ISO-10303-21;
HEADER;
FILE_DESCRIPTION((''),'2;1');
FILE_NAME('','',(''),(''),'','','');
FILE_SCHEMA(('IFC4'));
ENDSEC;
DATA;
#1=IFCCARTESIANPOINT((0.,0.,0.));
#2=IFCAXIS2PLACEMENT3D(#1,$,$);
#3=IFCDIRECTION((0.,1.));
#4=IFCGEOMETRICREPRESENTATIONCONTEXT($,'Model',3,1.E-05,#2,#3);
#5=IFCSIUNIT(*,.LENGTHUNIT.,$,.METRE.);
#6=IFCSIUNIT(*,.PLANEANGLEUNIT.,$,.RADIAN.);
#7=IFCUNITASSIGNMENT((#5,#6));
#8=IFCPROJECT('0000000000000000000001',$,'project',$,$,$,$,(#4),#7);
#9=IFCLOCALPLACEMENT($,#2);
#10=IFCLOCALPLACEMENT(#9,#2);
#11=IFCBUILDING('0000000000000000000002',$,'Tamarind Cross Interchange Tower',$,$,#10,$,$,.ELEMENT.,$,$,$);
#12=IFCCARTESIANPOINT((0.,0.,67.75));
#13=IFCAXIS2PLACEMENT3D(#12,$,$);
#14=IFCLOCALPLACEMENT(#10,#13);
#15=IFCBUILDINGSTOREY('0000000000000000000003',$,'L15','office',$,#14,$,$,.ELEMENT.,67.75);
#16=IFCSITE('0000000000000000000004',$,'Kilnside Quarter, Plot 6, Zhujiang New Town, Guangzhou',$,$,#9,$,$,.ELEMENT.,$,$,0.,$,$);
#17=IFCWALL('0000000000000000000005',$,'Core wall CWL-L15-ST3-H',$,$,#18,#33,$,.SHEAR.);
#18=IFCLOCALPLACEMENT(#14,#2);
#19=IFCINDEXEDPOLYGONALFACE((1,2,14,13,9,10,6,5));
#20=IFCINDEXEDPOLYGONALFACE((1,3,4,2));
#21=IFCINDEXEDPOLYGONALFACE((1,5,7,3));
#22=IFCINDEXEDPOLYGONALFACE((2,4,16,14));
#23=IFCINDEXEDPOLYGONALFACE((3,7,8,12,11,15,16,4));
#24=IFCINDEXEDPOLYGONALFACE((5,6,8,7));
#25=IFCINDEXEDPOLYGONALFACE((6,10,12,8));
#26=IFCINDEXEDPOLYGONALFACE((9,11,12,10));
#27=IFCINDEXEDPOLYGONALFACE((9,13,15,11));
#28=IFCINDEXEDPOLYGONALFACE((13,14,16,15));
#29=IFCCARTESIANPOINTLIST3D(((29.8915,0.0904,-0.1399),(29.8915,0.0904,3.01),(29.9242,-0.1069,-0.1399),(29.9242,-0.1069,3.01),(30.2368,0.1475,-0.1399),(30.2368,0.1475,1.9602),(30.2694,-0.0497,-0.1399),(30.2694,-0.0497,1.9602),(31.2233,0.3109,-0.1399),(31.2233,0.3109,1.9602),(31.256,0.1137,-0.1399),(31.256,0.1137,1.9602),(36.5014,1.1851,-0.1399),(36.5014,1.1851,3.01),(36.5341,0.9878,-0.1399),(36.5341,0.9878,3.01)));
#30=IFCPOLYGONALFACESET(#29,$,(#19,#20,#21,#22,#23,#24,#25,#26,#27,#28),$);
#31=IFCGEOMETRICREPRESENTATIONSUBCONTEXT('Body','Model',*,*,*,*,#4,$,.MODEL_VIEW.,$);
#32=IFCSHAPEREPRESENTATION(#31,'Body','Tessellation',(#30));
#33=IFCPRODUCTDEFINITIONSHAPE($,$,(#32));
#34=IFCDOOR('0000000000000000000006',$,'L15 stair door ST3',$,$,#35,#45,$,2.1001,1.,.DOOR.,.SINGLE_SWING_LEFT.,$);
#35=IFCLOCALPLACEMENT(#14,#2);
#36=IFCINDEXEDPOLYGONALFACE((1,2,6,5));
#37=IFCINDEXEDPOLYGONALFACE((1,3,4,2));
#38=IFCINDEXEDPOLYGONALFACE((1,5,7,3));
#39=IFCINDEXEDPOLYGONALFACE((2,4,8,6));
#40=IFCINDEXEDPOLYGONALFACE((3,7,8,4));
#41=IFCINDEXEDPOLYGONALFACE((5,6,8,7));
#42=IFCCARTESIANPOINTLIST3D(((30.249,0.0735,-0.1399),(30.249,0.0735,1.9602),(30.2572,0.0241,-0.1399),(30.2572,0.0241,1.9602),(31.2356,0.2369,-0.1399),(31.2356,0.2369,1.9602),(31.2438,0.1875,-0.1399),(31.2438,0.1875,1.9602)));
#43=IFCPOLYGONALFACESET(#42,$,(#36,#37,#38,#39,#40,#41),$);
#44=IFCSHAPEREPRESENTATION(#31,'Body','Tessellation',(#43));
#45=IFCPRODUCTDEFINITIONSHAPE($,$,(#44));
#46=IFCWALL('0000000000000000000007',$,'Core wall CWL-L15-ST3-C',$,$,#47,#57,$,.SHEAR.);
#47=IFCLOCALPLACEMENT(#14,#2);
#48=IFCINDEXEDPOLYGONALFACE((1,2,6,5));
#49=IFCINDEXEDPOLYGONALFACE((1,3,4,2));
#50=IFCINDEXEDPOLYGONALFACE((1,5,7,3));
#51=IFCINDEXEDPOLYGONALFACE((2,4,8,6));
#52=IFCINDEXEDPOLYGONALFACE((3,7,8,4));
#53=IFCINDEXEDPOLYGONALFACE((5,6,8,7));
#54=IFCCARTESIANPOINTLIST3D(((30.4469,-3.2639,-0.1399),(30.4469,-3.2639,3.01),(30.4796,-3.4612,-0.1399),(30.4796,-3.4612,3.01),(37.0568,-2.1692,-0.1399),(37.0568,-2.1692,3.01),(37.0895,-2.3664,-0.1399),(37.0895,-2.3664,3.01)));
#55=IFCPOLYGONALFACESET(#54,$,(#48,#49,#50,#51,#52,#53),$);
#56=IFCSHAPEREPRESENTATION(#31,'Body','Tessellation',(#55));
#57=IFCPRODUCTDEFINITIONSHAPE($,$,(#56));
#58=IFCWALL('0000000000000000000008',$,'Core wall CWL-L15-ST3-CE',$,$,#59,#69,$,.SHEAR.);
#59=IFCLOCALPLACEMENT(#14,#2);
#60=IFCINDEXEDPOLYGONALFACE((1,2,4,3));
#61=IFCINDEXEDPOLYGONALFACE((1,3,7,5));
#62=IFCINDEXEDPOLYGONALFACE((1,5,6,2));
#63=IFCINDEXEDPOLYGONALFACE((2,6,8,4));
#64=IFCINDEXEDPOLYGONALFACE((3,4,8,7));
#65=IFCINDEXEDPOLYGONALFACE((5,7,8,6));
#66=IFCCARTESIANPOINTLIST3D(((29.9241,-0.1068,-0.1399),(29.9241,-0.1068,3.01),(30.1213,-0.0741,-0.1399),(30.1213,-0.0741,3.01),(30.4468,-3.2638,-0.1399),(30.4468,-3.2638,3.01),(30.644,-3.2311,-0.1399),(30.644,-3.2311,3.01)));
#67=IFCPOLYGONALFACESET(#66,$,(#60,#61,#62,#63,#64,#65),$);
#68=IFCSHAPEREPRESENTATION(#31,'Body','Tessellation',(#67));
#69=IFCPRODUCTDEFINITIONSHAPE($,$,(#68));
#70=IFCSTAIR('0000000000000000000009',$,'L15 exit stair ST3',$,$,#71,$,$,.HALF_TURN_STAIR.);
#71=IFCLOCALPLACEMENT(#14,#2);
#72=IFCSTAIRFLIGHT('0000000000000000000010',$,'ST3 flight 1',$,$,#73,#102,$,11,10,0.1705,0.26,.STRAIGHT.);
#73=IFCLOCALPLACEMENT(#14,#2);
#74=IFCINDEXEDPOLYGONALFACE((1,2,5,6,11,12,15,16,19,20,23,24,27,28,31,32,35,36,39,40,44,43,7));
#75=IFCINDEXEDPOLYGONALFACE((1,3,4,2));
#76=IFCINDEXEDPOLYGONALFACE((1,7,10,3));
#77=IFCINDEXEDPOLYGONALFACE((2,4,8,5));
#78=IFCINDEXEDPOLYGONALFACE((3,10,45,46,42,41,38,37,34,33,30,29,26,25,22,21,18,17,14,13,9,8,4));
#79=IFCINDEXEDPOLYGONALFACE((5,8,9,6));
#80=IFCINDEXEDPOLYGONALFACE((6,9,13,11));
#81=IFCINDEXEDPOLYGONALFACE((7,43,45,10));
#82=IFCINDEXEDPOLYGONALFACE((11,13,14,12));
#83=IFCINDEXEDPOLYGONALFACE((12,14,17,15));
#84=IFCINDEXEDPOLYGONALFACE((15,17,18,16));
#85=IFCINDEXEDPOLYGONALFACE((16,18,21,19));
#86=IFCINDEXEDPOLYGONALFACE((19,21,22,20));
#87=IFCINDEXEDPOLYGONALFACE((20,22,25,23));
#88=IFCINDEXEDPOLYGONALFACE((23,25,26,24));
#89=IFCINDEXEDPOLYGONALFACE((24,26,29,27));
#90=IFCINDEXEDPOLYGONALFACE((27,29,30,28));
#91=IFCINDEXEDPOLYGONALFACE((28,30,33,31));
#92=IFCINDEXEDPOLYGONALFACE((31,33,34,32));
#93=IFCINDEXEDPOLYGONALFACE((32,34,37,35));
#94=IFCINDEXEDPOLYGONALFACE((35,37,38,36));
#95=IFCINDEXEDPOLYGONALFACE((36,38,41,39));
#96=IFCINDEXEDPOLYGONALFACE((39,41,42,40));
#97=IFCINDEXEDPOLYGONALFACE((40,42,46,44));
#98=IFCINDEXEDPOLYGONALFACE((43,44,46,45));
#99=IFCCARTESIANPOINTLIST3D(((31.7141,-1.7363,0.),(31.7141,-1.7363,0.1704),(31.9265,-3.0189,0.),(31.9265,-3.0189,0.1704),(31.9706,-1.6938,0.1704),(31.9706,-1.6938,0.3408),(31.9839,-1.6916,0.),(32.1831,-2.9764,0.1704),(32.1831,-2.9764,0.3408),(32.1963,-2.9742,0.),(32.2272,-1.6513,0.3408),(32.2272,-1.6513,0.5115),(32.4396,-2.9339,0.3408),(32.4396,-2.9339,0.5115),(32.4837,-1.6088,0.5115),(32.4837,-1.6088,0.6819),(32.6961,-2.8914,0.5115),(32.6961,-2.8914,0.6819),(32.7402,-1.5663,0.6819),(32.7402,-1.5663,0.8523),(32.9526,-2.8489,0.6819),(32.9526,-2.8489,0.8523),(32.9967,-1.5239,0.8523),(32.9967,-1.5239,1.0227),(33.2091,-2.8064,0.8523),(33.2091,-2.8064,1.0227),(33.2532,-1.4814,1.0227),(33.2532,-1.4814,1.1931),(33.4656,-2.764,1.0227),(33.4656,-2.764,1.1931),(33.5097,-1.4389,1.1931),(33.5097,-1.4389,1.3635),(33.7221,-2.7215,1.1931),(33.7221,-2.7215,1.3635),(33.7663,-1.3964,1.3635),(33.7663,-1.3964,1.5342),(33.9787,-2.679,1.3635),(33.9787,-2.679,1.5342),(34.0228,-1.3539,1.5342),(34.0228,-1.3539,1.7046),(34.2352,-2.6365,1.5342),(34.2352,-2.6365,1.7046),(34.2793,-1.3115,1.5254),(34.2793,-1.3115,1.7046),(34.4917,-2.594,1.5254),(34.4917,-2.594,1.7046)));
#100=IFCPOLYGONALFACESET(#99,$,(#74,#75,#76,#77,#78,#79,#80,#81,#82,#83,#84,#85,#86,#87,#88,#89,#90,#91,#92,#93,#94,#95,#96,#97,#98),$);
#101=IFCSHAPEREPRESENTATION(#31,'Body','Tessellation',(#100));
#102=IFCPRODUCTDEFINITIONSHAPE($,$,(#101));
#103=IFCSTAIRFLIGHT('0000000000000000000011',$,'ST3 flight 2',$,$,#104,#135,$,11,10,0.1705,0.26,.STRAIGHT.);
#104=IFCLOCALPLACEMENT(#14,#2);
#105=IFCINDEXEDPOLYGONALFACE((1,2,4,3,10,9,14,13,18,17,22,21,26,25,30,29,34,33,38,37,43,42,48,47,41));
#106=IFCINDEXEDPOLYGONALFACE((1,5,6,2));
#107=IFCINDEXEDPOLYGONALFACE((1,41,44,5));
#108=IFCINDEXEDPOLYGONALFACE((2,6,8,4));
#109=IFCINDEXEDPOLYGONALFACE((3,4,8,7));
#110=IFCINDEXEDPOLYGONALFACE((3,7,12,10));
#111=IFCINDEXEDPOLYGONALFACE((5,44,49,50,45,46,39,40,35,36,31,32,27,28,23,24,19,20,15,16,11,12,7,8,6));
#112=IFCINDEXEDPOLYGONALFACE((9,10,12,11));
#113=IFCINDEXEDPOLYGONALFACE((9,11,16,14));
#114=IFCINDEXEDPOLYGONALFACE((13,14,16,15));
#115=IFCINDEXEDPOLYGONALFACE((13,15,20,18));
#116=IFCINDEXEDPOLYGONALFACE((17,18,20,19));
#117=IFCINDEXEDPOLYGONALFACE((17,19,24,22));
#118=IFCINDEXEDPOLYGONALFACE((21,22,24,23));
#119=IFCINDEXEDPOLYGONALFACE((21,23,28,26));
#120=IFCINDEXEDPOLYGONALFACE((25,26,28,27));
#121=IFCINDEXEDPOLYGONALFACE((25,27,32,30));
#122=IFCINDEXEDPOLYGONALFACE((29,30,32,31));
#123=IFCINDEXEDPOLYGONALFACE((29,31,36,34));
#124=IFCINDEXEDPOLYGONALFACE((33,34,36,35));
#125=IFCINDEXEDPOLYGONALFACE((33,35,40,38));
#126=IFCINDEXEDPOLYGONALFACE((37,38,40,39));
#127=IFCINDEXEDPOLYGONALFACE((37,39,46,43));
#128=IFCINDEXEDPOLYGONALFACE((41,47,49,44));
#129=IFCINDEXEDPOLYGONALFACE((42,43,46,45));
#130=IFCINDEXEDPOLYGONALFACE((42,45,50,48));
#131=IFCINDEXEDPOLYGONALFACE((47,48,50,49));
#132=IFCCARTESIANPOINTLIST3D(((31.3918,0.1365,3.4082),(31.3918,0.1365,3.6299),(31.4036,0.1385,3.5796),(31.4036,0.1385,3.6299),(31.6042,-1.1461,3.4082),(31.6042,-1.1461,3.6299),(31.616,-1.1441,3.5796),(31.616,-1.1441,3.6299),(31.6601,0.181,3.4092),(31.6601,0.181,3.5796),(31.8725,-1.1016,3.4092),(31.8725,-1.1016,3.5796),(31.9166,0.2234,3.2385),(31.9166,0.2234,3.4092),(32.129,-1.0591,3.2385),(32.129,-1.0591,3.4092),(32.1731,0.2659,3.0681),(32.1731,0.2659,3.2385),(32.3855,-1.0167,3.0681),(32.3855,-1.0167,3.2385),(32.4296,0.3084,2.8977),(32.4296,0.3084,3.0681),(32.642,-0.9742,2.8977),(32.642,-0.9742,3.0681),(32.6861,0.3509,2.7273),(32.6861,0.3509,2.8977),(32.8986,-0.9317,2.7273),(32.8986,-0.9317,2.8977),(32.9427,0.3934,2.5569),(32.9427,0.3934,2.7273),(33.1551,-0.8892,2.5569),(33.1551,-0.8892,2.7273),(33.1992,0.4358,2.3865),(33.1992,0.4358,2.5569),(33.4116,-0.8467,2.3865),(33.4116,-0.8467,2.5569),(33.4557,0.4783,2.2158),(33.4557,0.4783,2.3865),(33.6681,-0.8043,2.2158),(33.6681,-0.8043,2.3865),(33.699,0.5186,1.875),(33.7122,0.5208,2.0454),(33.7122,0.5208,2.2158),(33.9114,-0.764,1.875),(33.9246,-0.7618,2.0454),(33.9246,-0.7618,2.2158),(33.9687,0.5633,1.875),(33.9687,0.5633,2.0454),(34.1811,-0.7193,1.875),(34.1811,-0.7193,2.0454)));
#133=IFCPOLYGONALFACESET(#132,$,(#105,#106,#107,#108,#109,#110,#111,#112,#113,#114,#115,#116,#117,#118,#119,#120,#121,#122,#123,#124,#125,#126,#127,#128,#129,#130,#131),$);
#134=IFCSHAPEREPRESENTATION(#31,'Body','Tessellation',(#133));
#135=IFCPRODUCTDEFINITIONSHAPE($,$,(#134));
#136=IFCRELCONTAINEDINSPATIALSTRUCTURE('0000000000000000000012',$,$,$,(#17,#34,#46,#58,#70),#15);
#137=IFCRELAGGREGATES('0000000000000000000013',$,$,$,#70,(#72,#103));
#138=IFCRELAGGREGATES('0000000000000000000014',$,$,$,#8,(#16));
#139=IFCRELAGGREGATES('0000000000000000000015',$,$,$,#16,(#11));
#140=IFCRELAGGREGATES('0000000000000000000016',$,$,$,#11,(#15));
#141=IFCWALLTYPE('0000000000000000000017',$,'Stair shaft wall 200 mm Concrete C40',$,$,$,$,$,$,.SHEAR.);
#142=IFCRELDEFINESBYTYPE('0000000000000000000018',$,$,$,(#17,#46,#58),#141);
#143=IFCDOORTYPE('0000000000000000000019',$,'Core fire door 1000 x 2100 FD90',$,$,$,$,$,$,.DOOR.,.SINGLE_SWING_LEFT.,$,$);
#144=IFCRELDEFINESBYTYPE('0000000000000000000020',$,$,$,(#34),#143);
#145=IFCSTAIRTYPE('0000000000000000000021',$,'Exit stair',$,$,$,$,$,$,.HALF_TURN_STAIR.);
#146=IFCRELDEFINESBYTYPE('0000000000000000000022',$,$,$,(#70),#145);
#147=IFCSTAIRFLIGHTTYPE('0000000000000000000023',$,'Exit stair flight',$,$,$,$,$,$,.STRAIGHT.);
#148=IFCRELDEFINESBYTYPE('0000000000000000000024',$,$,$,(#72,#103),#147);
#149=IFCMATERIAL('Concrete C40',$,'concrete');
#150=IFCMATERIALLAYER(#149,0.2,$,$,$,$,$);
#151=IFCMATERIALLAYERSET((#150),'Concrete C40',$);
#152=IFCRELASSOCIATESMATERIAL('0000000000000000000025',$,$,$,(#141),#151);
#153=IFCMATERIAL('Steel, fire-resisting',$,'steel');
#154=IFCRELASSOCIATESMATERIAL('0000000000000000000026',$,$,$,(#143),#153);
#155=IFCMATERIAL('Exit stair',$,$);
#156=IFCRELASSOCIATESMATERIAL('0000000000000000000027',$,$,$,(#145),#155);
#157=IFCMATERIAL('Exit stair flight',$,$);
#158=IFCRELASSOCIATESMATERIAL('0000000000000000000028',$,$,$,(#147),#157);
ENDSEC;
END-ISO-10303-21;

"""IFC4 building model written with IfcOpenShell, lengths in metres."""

from ifc_helpers import new_model, si_unit, direction, frame, frame_2d, origin, place, context, subcontext, project, spatial, polyline, rectangle, outline, extrude, material, layer, layer_set, type_object, element, fill, aggregate, save


model = new_model("IFC4")

# Units and contexts
model_context = context("Model", 3, precision=1e-05, world=origin(), true_north=direction((0.0, 1.0)))
body_context = subcontext(model_context, "Body", "Model", "MODEL_VIEW")
ifc_project = project(units=[si_unit("LENGTHUNIT", "METRE"), si_unit("PLANEANGLEUNIT", "RADIAN")], contexts=[model_context])

# Site, building, storey
site_placement = place(None, origin())
site = spatial("IfcSite", under=ifc_project, at=site_placement, Name="Kilnside Quarter, Plot 6, Zhujiang New Town, Guangzhou", CompositionType="ELEMENT", RefElevation=0.0)
building_placement = place(site_placement, origin())
building = spatial("IfcBuilding", under=site, at=building_placement, Name="Tamarind Cross Interchange Tower", CompositionType="ELEMENT")
storey_placement = place(building_placement, frame((0.0, 0.0, 67.75)))
storey = spatial("IfcBuildingStorey", under=building, at=storey_placement, Name="L15", Description="office", CompositionType="ELEMENT", Elevation=67.75)

# Shared definitions
ifc_material_1 = material(Name="Concrete C40", Category="concrete")

# Wall, opening, door
ifc_layer_1 = layer(ifc_material_1, 0.2)
ifc_layer_set_1 = layer_set([ifc_layer_1], Name="Concrete C40")
wall_type_1 = type_object("IfcWallType", Name="Stair shaft wall 200 mm Concrete C40", PredefinedType="SHEAR", material=ifc_layer_set_1)
wall_1_placement = place(storey_placement, frame((29.9077, -0.0083, -0.1399), z_axis=(0.0, 0.0, 1.0), x_axis=(0.986561, 0.163394, 0.0)))
wall_1 = element("IfcWall", 1, at=wall_1_placement, inside=storey, type_object=wall_type_1, Name="Core wall CWL-L15-ST3-H", PredefinedType="SHEAR", context=body_context, shape_type="SweptSolid", body=[
    extrude(rectangle(XDim=6.7, YDim=0.2, at=frame_2d((3.3501, 0.0))), origin(), (0.0, 0.0, 1.0), 3.1499),
])
opening_1_placement = place(wall_1_placement, frame((0.3501, 0.0, 0.0)))
opening_1 = element("IfcOpeningElement", 2, at=opening_1_placement, cuts=wall_1, PredefinedType="OPENING", context=body_context, shape_type="SweptSolid", body=[
    extrude(rectangle(XDim=1.0, YDim=2.1001, at=frame_2d((0.5, 1.05))), frame((0.0, 0.1099, 0.0), z_axis=(0.0, -1.0, 0.0), x_axis=(1.0, 0.0, 0.0)), (0.0, 0.0, 1.0), 0.22),
])
ifc_material_2 = material(Name="Steel, fire-resisting", Category="steel")
door_type_1 = type_object("IfcDoorType", Name="Core fire door 1000 x 2100 FD90", OperationType="SINGLE_SWING_LEFT", PredefinedType="DOOR", material=ifc_material_2)
door_1_placement = place(opening_1_placement, origin())
door_1 = element("IfcDoor", 3, at=door_1_placement, inside=storey, type_object=door_type_1, Name="L15 stair door ST3", OperationType="SINGLE_SWING_LEFT", OverallHeight=2.1001, OverallWidth=1.0, PredefinedType="DOOR", context=body_context, shape_type="SweptSolid", body=[
    extrude(rectangle(XDim=1.0, YDim=2.1001, at=frame_2d((0.5, 1.05))), frame((0.0, 0.0249, 0.0), z_axis=(0.0, -1.0, 0.0), x_axis=(1.0, 0.0, 0.0)), (0.0, 0.0, 1.0), 0.05),
])
fill(opening_1, door_1)

# Walls
wall_2_placement = place(storey_placement, frame((30.4631, -3.3625, -0.1399), z_axis=(0.0, 0.0, 1.0), x_axis=(0.986561, 0.163394, 0.0)))
element("IfcWall", 4, at=wall_2_placement, inside=storey, type_object=wall_type_1, Name="Core wall CWL-L15-ST3-C", PredefinedType="SHEAR", context=body_context, shape_type="SweptSolid", body=[
    extrude(rectangle(XDim=6.7, YDim=0.2, at=frame_2d((3.3501, 0.0))), origin(), (0.0, 0.0, 1.0), 3.1499),
])
wall_3_placement = place(storey_placement, frame((30.5454, -3.2476, -0.1399), z_axis=(0.0, 0.0, 1.0), x_axis=(-0.163347, 0.986569, 0.0)))
element("IfcWall", 5, at=wall_3_placement, inside=storey, type_object=wall_type_1, Name="Core wall CWL-L15-ST3-CE", PredefinedType="SHEAR", context=body_context, shape_type="SweptSolid", body=[
    extrude(rectangle(XDim=3.2, YDim=0.2, at=frame_2d((1.6001, 0.0))), origin(), (0.0, 0.0, 1.0), 3.1499),
])

# Stair, stair flights
ifc_material_3 = material(Name="Exit stair")
stair_type = type_object("IfcStairType", Name="Exit stair", PredefinedType="HALF_TURN_STAIR", material=ifc_material_3)
stair_placement = place(storey_placement, origin())
stair = element("IfcStair", 6, at=stair_placement, inside=storey, type_object=stair_type, Name="L15 exit stair ST3", PredefinedType="HALF_TURN_STAIR")
ifc_material_4 = material(Name="Exit stair flight")
stair_flight_type = type_object("IfcStairFlightType", Name="Exit stair flight", PredefinedType="STRAIGHT", material=ifc_material_4)
stair_flight_1_placement = place(storey_placement, frame((31.8203, -2.3774, 0.0), z_axis=(0.0, 0.0, 1.0), x_axis=(0.986563, 0.163381, 0.0)))
stair_flight_1 = element("IfcStairFlight", 7, at=stair_flight_1_placement, type_object=stair_flight_type, Name="ST3 flight 1", NumberOfRisers=11, NumberOfTreads=10, PredefinedType="STRAIGHT", RiserHeight=0.1705, TreadLength=0.26, context=body_context, shape_type="SweptSolid", body=[
    extrude(outline(polyline([(0.0, 0.0), (0.0, 0.1704), (0.26, 0.1704), (0.26, 0.3408), (0.52, 0.3408), (0.52, 0.5115), (0.78, 0.5115), (0.78, 0.6819), (1.04, 0.6819), (1.04, 0.8523), (1.3, 0.8523), (1.3, 1.0227), (1.5601, 1.0227), (1.5601, 1.1931), (1.8201, 1.1931), (1.8201, 1.3635), (2.0801, 1.3635), (2.0801, 1.5342), (2.3401, 1.5342), (2.3401, 1.7046), (2.6001, 1.7046), (2.6001, 1.875), (2.6001, 1.5254), (0.2734, 0.0), (0.0, 0.0)])), frame((0.0, 0.6499, 0.0), z_axis=(0.0, -1.0, 0.0), x_axis=(1.0, 0.0, 0.0)), (0.0, 0.0, 1.0), 1.3),
])
stair_flight_2_placement = place(storey_placement, frame((34.075, -0.0781, 1.875), z_axis=(0.0, 0.0, 1.0), x_axis=(-0.986563, -0.163381, 0.0)))
stair_flight_2 = element("IfcStairFlight", 8, at=stair_flight_2_placement, type_object=stair_flight_type, Name="ST3 flight 2", NumberOfRisers=11, NumberOfTreads=10, PredefinedType="STRAIGHT", RiserHeight=0.1705, TreadLength=0.26, context=body_context, shape_type="SweptSolid", body=[
    extrude(outline(polyline([(0.0, 0.0), (0.0, 0.1704), (0.26, 0.1704), (0.26, 0.3408), (0.52, 0.3408), (0.52, 0.5115), (0.78, 0.5115), (0.78, 0.6819), (1.04, 0.6819), (1.04, 0.8523), (1.3, 0.8523), (1.3, 1.0227), (1.5601, 1.0227), (1.5601, 1.1931), (1.8201, 1.1931), (1.8201, 1.3635), (2.0801, 1.3635), (2.0801, 1.5342), (2.3401, 1.5342), (2.3401, 1.7046), (2.6001, 1.7046), (2.6001, 1.7549), (2.6121, 1.7549), (2.6121, 1.5332), (0.2734, 0.0), (0.0, 0.0)])), frame((0.0, 0.6499, 0.0), z_axis=(0.0, -1.0, 0.0), x_axis=(1.0, 0.0, 0.0)), (0.0, 0.0, 1.0), 1.3),
])
aggregate(stair, [stair_flight_1, stair_flight_2])

save(model, "model.ifc")
